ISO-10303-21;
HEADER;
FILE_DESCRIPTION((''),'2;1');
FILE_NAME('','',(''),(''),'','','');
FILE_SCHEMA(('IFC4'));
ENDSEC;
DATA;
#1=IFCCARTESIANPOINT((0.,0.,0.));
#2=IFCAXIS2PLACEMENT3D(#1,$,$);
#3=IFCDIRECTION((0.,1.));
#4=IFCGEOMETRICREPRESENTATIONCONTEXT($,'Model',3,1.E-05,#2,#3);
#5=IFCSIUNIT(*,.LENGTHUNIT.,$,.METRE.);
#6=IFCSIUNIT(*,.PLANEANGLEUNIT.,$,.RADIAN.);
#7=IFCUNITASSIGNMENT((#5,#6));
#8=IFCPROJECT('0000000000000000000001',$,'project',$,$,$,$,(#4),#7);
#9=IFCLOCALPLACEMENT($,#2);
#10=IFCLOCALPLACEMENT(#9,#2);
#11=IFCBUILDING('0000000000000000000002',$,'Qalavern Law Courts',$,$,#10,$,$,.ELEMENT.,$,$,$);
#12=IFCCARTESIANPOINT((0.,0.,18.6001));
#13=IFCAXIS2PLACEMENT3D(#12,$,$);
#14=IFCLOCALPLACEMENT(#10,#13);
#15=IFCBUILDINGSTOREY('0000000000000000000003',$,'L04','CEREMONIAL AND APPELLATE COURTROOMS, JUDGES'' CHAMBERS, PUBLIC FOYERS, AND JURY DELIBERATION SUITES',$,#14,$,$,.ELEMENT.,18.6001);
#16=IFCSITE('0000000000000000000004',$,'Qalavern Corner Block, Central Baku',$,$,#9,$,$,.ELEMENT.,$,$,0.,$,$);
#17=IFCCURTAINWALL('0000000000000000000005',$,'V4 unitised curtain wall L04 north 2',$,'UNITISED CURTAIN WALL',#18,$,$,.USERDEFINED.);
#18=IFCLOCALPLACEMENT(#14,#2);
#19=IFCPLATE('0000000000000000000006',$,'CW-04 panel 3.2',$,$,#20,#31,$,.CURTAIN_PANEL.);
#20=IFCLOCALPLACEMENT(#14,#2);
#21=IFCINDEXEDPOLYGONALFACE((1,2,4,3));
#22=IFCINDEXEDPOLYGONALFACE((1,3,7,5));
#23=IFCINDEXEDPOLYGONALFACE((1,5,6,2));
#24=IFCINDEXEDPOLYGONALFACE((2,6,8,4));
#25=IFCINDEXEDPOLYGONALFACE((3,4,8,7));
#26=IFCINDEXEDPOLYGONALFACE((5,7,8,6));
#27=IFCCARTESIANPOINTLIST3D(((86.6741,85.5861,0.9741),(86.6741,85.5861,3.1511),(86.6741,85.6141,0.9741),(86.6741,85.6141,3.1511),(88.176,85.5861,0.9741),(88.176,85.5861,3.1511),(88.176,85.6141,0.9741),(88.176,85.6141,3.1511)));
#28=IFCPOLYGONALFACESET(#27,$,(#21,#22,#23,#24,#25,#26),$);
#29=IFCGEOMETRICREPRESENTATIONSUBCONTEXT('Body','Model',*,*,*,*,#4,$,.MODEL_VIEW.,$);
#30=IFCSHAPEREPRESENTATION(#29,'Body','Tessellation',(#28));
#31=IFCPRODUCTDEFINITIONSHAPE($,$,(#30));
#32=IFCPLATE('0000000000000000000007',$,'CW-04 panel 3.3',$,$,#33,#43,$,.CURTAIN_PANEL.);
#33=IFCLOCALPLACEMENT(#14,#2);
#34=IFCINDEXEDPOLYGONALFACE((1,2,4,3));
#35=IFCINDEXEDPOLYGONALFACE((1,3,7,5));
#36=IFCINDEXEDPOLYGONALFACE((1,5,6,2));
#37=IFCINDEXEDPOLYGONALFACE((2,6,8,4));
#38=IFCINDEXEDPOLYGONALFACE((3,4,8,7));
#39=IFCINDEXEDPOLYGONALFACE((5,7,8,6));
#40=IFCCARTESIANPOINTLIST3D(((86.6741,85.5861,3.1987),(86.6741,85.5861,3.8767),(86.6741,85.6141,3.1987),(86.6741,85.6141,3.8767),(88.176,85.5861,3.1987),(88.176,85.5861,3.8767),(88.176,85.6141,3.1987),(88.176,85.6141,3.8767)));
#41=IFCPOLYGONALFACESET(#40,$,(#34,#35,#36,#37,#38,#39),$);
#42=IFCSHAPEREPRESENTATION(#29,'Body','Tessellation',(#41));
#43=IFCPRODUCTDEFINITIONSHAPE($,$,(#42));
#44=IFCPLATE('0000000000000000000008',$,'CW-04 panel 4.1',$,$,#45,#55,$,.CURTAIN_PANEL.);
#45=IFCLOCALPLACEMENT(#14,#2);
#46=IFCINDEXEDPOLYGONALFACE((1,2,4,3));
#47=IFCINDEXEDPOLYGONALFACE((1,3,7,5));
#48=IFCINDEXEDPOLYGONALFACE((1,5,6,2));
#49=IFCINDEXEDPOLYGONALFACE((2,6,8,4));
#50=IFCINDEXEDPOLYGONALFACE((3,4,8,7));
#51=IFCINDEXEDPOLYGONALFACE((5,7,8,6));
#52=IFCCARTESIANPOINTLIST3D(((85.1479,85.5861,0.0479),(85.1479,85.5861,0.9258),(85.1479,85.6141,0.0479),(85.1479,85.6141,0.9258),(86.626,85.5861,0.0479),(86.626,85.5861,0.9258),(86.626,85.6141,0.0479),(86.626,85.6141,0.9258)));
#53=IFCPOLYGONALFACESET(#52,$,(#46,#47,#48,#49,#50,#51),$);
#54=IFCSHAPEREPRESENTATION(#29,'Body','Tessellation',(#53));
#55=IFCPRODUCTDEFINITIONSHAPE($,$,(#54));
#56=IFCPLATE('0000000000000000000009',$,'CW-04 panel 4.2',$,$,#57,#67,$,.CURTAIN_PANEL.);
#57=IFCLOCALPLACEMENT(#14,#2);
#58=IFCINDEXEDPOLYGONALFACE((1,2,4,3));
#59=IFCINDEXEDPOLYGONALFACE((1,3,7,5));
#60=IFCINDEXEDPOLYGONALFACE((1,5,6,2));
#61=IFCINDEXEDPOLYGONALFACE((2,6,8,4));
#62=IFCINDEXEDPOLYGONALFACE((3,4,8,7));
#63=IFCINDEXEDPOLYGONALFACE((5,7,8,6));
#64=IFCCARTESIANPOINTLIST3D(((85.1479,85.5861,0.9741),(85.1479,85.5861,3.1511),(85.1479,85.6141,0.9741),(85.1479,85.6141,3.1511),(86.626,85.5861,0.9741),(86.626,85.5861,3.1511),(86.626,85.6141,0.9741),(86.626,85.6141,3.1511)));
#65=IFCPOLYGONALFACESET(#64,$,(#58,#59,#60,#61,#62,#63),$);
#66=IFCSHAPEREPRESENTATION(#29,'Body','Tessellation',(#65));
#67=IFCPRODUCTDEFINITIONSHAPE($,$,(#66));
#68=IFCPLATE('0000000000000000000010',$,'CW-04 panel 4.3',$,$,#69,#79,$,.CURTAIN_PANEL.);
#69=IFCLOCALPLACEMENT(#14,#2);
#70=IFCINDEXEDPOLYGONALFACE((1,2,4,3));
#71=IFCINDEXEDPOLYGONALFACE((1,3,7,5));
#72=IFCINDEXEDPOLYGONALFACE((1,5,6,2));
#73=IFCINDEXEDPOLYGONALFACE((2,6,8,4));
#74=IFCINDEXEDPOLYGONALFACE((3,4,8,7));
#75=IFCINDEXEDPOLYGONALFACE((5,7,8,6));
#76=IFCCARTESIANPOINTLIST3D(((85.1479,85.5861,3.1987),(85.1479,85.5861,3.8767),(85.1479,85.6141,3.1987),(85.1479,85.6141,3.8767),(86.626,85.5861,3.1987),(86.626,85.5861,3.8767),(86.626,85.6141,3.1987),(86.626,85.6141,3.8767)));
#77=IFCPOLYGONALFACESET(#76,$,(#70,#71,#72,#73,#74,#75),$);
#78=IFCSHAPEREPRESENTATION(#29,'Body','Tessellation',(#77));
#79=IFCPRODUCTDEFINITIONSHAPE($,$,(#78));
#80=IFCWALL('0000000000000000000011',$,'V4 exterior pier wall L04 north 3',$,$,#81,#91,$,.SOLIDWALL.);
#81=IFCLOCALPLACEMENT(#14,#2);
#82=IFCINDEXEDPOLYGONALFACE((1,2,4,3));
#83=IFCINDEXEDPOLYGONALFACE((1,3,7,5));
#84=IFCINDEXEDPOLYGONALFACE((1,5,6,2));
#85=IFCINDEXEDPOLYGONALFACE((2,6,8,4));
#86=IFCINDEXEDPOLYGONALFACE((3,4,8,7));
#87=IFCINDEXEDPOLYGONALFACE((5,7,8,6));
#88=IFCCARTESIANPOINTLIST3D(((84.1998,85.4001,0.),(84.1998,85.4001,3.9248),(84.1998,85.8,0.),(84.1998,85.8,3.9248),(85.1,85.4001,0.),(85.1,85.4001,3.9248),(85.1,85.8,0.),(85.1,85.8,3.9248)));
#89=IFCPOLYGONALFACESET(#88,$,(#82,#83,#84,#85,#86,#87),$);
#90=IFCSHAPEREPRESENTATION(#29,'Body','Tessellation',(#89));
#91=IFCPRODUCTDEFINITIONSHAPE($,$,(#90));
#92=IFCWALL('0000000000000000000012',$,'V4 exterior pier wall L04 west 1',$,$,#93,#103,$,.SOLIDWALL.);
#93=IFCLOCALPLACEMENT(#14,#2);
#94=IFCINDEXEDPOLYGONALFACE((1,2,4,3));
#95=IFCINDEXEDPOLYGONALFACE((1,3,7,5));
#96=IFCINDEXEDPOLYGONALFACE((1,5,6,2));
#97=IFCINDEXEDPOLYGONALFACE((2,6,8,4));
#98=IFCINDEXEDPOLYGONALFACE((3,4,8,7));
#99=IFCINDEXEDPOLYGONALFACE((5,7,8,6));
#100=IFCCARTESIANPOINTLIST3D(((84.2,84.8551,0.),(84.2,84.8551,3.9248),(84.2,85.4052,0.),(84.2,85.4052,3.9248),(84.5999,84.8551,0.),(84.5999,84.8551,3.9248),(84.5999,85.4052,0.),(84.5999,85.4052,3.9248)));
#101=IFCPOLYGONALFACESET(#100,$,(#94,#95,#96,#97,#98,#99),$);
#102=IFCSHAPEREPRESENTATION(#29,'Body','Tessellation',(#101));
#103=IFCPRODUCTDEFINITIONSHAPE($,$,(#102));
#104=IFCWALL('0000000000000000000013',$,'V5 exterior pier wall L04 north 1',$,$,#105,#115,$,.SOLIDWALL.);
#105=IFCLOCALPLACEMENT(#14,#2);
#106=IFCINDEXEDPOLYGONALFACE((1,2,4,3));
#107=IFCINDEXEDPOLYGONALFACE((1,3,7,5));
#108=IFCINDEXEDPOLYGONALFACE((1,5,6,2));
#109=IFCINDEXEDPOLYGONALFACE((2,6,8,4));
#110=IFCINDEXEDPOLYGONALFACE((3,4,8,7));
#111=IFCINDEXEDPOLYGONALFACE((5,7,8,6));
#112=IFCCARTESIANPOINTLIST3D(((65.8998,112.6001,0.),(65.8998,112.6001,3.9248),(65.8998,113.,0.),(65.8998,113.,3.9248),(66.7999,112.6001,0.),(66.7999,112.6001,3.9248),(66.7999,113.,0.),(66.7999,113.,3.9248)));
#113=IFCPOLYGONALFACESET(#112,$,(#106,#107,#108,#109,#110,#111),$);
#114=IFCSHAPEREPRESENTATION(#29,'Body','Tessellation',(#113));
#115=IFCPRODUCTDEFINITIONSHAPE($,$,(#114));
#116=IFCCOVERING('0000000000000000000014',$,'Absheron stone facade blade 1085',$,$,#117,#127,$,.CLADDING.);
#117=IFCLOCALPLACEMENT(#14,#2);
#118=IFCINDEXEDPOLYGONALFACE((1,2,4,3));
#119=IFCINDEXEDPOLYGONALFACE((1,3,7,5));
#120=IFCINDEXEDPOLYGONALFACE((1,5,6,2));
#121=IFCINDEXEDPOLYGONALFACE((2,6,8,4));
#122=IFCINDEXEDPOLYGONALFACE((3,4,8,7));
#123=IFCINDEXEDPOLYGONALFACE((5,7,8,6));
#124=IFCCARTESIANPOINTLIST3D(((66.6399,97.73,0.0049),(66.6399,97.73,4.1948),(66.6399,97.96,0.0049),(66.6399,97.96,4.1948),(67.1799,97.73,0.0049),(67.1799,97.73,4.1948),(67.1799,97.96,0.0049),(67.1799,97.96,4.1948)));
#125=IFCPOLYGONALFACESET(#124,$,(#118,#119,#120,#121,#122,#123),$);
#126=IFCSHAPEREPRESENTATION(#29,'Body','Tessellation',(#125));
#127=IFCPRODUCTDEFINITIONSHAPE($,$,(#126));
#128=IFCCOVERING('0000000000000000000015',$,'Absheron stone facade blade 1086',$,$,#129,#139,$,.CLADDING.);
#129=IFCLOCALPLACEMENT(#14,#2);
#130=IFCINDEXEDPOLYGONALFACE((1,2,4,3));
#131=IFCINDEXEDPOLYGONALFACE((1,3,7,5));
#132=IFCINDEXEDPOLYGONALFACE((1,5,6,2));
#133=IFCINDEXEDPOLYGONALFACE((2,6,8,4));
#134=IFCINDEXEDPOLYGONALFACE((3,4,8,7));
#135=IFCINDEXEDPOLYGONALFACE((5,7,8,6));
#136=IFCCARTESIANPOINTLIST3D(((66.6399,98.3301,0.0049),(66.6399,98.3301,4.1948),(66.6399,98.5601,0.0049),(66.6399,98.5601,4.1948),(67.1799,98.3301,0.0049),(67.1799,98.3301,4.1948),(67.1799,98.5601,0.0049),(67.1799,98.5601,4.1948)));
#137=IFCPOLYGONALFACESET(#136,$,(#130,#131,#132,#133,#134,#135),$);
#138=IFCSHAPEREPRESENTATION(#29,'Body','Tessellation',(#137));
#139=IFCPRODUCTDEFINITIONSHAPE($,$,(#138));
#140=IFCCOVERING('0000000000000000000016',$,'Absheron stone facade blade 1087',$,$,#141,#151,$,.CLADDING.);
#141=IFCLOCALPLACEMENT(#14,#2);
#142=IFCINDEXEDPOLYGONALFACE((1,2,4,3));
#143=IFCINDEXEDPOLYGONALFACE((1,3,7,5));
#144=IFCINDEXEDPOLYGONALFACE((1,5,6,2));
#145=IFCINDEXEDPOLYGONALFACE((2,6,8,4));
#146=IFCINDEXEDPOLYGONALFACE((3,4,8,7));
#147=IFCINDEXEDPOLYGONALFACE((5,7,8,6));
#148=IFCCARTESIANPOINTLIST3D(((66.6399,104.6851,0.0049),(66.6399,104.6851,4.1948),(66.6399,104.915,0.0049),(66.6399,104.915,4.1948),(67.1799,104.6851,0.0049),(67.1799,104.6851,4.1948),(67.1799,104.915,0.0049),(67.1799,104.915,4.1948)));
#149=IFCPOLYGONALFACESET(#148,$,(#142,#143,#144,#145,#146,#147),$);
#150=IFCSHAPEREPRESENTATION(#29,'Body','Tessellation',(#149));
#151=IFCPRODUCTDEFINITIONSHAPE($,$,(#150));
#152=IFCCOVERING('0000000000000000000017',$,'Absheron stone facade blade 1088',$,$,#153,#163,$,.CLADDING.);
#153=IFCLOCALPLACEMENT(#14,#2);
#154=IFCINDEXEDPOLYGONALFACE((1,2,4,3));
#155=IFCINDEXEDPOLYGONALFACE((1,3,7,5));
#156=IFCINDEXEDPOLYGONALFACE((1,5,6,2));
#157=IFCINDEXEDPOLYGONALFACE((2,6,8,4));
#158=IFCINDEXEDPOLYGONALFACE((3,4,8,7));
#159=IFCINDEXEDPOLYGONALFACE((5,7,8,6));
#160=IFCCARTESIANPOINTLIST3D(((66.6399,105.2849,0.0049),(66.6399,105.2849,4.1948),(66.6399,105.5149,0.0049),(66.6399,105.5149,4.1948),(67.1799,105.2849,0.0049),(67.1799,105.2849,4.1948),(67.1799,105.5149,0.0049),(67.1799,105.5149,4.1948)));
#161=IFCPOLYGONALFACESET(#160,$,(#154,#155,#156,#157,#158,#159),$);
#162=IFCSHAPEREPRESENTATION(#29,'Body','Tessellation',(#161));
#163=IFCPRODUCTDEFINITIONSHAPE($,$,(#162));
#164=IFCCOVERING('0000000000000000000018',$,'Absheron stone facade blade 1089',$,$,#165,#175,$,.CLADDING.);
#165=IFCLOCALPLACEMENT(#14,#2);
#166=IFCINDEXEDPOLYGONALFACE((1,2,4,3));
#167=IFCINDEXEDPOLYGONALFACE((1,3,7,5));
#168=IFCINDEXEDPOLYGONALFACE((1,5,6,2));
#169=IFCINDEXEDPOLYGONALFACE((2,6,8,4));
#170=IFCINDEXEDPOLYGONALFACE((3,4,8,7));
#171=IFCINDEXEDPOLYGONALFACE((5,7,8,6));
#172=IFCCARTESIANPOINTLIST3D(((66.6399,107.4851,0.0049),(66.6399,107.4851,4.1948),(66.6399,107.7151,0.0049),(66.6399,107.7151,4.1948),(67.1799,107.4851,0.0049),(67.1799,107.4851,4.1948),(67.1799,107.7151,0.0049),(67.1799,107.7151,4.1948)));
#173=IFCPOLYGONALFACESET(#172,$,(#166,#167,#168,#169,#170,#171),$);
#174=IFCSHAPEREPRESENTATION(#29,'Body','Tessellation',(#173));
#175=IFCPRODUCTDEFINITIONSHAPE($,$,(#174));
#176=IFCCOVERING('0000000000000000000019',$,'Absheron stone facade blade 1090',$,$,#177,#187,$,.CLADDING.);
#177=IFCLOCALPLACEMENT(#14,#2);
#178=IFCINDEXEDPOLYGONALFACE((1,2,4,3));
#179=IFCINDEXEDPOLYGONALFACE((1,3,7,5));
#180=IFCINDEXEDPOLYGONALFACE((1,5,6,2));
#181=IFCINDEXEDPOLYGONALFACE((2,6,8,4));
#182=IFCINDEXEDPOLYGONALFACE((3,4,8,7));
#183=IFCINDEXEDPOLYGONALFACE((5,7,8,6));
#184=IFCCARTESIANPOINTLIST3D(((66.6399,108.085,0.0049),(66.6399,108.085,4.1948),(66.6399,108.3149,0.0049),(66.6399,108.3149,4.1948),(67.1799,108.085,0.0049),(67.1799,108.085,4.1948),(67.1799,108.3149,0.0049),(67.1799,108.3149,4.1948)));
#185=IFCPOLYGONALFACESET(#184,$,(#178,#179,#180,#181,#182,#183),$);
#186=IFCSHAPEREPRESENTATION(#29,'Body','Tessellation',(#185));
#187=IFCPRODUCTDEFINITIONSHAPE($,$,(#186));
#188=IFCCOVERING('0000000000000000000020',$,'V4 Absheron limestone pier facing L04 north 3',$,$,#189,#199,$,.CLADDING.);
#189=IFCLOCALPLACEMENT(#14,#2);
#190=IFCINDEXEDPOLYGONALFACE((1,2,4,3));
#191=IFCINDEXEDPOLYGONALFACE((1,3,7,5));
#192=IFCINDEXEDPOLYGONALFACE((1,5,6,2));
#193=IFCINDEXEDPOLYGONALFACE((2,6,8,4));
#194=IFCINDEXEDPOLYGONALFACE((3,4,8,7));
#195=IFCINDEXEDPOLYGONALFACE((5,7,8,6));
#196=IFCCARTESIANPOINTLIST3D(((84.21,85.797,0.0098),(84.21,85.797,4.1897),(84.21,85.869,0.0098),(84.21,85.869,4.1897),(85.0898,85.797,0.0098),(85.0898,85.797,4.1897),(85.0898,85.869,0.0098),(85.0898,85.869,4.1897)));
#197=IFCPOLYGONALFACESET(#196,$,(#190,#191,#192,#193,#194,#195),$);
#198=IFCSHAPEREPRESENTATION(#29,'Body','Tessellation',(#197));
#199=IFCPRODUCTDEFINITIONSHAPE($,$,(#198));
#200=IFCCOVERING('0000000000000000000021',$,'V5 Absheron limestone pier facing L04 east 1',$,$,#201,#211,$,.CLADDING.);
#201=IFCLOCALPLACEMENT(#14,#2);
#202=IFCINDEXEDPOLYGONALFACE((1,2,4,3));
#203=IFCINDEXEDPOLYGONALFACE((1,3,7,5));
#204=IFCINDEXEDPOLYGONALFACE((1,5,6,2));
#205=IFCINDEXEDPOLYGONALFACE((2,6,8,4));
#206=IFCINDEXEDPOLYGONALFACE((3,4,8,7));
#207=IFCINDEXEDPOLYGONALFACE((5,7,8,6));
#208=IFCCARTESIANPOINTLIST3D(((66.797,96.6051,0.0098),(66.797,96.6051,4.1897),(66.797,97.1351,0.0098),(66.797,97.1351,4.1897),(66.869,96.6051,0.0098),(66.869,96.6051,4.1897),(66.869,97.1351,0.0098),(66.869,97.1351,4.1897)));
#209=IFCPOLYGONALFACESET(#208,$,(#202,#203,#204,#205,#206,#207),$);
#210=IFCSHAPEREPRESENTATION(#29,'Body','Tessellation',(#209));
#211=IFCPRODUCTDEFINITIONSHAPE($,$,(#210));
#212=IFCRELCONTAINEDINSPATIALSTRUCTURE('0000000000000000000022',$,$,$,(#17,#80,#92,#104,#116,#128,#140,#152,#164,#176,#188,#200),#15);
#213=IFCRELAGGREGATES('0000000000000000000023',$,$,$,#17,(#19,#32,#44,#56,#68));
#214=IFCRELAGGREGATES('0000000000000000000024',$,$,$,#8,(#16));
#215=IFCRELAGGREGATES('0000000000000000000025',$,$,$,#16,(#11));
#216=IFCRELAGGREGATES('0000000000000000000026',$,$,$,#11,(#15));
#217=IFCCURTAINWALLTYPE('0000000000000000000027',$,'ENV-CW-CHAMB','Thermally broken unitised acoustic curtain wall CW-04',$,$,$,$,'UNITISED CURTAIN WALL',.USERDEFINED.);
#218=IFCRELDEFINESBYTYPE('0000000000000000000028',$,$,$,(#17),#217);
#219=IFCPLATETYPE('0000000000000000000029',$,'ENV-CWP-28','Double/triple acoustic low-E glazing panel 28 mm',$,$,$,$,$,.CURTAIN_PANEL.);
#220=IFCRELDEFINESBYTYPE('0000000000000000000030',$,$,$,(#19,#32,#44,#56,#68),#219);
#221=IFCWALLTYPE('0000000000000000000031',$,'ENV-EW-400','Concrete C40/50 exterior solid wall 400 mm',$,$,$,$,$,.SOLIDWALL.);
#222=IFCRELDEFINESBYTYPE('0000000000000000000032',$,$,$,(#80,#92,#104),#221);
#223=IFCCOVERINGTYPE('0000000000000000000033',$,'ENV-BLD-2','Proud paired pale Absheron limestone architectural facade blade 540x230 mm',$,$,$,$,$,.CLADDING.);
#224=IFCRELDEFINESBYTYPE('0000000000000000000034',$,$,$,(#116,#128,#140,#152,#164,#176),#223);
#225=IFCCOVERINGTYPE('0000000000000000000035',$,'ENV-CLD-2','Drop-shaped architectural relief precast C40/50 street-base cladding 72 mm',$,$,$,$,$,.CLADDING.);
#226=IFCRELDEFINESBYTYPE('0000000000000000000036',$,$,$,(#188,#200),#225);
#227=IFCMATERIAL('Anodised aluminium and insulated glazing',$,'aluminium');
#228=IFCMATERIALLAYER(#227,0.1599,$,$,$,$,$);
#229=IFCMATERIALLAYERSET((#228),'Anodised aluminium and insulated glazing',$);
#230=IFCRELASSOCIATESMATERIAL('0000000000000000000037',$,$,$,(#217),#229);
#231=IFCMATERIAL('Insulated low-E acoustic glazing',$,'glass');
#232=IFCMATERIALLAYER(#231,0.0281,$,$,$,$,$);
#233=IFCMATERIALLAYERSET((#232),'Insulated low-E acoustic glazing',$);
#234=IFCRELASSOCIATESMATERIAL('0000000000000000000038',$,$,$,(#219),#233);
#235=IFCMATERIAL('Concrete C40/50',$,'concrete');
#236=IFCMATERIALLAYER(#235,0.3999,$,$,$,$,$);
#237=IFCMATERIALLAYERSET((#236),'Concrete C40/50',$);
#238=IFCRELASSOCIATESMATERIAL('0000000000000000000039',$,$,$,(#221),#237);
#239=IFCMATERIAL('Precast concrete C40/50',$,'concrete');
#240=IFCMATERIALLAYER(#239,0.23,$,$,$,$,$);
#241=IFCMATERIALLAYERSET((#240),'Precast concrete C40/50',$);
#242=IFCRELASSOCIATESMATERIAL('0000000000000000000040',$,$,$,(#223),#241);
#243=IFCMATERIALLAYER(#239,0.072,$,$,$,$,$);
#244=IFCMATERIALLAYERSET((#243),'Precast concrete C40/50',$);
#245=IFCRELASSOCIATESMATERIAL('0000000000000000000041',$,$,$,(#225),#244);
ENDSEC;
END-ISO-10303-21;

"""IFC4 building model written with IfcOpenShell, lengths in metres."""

from ifc_helpers import new_model, si_unit, direction, frame, frame_2d, origin, origin_2d, place, context, subcontext, project, spatial, rectangle, extrude, material, layer, layer_set, type_object, element, aggregate, save


model = new_model("IFC4")

# Units and contexts
model_context = context("Model", 3, precision=1e-05, world=origin(), true_north=direction((0.0, 1.0)))
body_context = subcontext(model_context, "Body", "Model", "MODEL_VIEW")
ifc_project = project(units=[si_unit("LENGTHUNIT", "METRE"), si_unit("PLANEANGLEUNIT", "RADIAN")], contexts=[model_context])

# Site, building, storey
site_placement = place(None, origin())
site = spatial("IfcSite", under=ifc_project, at=site_placement, Name="Qalavern Corner Block, Central Baku", CompositionType="ELEMENT", RefElevation=0.0)
building_placement = place(site_placement, origin())
building = spatial("IfcBuilding", under=site, at=building_placement, Name="Qalavern Law Courts", CompositionType="ELEMENT")
storey_placement = place(building_placement, frame((0.0, 0.0, 18.6001)))
storey = spatial("IfcBuildingStorey", under=building, at=storey_placement, Name="L04", Description="CEREMONIAL AND APPELLATE COURTROOMS, JUDGES' CHAMBERS, PUBLIC FOYERS, AND JURY DELIBERATION SUITES", CompositionType="ELEMENT", Elevation=18.6001)

# Curtain wall, plates
ifc_material_1 = material(Name="Anodised aluminium and insulated glazing", Category="aluminium")
ifc_layer_1 = layer(ifc_material_1, 0.1599)
ifc_layer_set_1 = layer_set([ifc_layer_1], Name="Anodised aluminium and insulated glazing")
curtain_wall_type = type_object("IfcCurtainWallType", Name="ENV-CW-CHAMB", Description="Thermally broken unitised acoustic curtain wall CW-04", ElementType="UNITISED CURTAIN WALL", PredefinedType="USERDEFINED", material=ifc_layer_set_1)
curtain_wall_placement = place(storey_placement, origin())
curtain_wall = element("IfcCurtainWall", 1, at=curtain_wall_placement, inside=storey, type_object=curtain_wall_type, Name="V4 unitised curtain wall L04 north 2", ObjectType="UNITISED CURTAIN WALL", PredefinedType="USERDEFINED")
ifc_material_2 = material(Name="Insulated low-E acoustic glazing", Category="glass")
ifc_layer_2 = layer(ifc_material_2, 0.0281)
ifc_layer_set_2 = layer_set([ifc_layer_2], Name="Insulated low-E acoustic glazing")
plate_type = type_object("IfcPlateType", Name="ENV-CWP-28", Description="Double/triple acoustic low-E glazing panel 28 mm", PredefinedType="CURTAIN_PANEL", material=ifc_layer_set_2)
plate_1_placement = place(storey_placement, frame((87.425, 85.6001, 0.9741), z_axis=(0.0, 0.0, 1.0), x_axis=(-1.0, 0.0, 0.0)))
plate_1 = element("IfcPlate", 2, at=plate_1_placement, type_object=plate_type, Name="CW-04 panel 3.2", PredefinedType="CURTAIN_PANEL", context=body_context, shape_type="SweptSolid", body=[
    extrude(rectangle(XDim=1.502, YDim=0.0281, at=origin_2d()), origin(), (0.0, 0.0, 1.0), 2.177),
])
plate_2_placement = place(storey_placement, frame((87.425, 85.6001, 3.1987), z_axis=(0.0, 0.0, 1.0), x_axis=(-1.0, 0.0, 0.0)))
plate_2 = element("IfcPlate", 3, at=plate_2_placement, type_object=plate_type, Name="CW-04 panel 3.3", PredefinedType="CURTAIN_PANEL", context=body_context, shape_type="SweptSolid", body=[
    extrude(rectangle(XDim=1.502, YDim=0.0281, at=origin_2d()), origin(), (0.0, 0.0, 1.0), 0.678),
])
plate_3_placement = place(storey_placement, frame((85.887, 85.6001, 0.0479), z_axis=(0.0, 0.0, 1.0), x_axis=(-1.0, 0.0, 0.0)))
plate_3 = element("IfcPlate", 4, at=plate_3_placement, type_object=plate_type, Name="CW-04 panel 4.1", PredefinedType="CURTAIN_PANEL", context=body_context, shape_type="SweptSolid", body=[
    extrude(rectangle(XDim=1.478, YDim=0.0281, at=origin_2d()), origin(), (0.0, 0.0, 1.0), 0.8779),
])
plate_4_placement = place(storey_placement, frame((85.887, 85.6001, 0.9741), z_axis=(0.0, 0.0, 1.0), x_axis=(-1.0, 0.0, 0.0)))
plate_4 = element("IfcPlate", 5, at=plate_4_placement, type_object=plate_type, Name="CW-04 panel 4.2", PredefinedType="CURTAIN_PANEL", context=body_context, shape_type="SweptSolid", body=[
    extrude(rectangle(XDim=1.478, YDim=0.0281, at=origin_2d()), origin(), (0.0, 0.0, 1.0), 2.177),
])
plate_5_placement = place(storey_placement, frame((85.887, 85.6001, 3.1987), z_axis=(0.0, 0.0, 1.0), x_axis=(-1.0, 0.0, 0.0)))
plate_5 = element("IfcPlate", 6, at=plate_5_placement, type_object=plate_type, Name="CW-04 panel 4.3", PredefinedType="CURTAIN_PANEL", context=body_context, shape_type="SweptSolid", body=[
    extrude(rectangle(XDim=1.478, YDim=0.0281, at=origin_2d()), origin(), (0.0, 0.0, 1.0), 0.678),
])
aggregate(curtain_wall, [plate_1, plate_2, plate_3, plate_4, plate_5])

# Walls
ifc_material_3 = material(Name="Concrete C40/50", Category="concrete")
ifc_layer_3 = layer(ifc_material_3, 0.3999)
ifc_layer_set_3 = layer_set([ifc_layer_3], Name="Concrete C40/50")
wall_type = type_object("IfcWallType", Name="ENV-EW-400", Description="Concrete C40/50 exterior solid wall 400 mm", PredefinedType="SOLIDWALL", material=ifc_layer_set_3)
wall_1_placement = place(storey_placement, frame((85.1001, 85.6001, 0.0), z_axis=(0.0, 0.0, 1.0), x_axis=(-1.0, 0.0, 0.0)))
element("IfcWall", 7, at=wall_1_placement, inside=storey, type_object=wall_type, Name="V4 exterior pier wall L04 north 3", PredefinedType="SOLIDWALL", context=body_context, shape_type="SweptSolid", body=[
    extrude(rectangle(XDim=0.9001, YDim=0.3999, at=frame_2d((0.4502, 0.0))), origin(), (0.0, 0.0, 1.0), 3.9248),
])
wall_2_placement = place(storey_placement, frame((84.3999, 85.405, 0.0), z_axis=(0.0, 0.0, 1.0), x_axis=(0.0, -1.0, 0.0)))
element("IfcWall", 8, at=wall_2_placement, inside=storey, type_object=wall_type, Name="V4 exterior pier wall L04 west 1", PredefinedType="SOLIDWALL", context=body_context, shape_type="SweptSolid", body=[
    extrude(rectangle(XDim=0.55, YDim=0.3999, at=frame_2d((0.2749, 0.0))), origin(), (0.0, 0.0, 1.0), 3.9248),
])
wall_3_placement = place(storey_placement, frame((66.8, 112.8, 0.0), z_axis=(0.0, 0.0, 1.0), x_axis=(-1.0, 0.0, 0.0)))
element("IfcWall", 9, at=wall_3_placement, inside=storey, type_object=wall_type, Name="V5 exterior pier wall L04 north 1", PredefinedType="SOLIDWALL", context=body_context, shape_type="SweptSolid", body=[
    extrude(rectangle(XDim=0.9001, YDim=0.3999, at=frame_2d((0.4502, 0.0))), origin(), (0.0, 0.0, 1.0), 3.9248),
])

# Coverings
ifc_material_4 = material(Name="Precast concrete C40/50", Category="concrete")
ifc_layer_4 = layer(ifc_material_4, 0.23)
ifc_layer_set_4 = layer_set([ifc_layer_4], Name="Precast concrete C40/50")
covering_type_1 = type_object("IfcCoveringType", Name="ENV-BLD-2", Description="Proud paired pale Absheron limestone architectural facade blade 540x230 mm", PredefinedType="CLADDING", material=ifc_layer_set_4)
for number, where, z_axis, x_axis, name in (
    (10, (66.9099, 97.845, 0.0049), (0.0, 0.0, 1.0), (1.0, 0.0, 0.0), "Absheron stone facade blade 1085"),
    (11, (66.9099, 98.4451, 0.0049), (0.0, 0.0, 1.0), (1.0, 0.0, 0.0), "Absheron stone facade blade 1086"),
    (12, (66.9099, 104.8, 0.0049), (0.0, 0.0, 1.0), (1.0, 0.0, 0.0), "Absheron stone facade blade 1087"),
    (13, (66.9099, 105.3999, 0.0049), (0.0, 0.0, 1.0), (1.0, 0.0, 0.0), "Absheron stone facade blade 1088"),
    (14, (66.9099, 107.6001, 0.0049), (0.0, 0.0, 1.0), (1.0, 0.0, 0.0), "Absheron stone facade blade 1089"),
    (15, (66.9099, 108.2, 0.0049), (0.0, 0.0, 1.0), (1.0, 0.0, 0.0), "Absheron stone facade blade 1090"),
):
    element("IfcCovering", number, at=place(storey_placement, frame(where, z_axis=z_axis, x_axis=x_axis)), inside=storey, type_object=covering_type_1, Name=name, PredefinedType="CLADDING", context=body_context, shape_type="SweptSolid", body=[
        extrude(rectangle(XDim=0.54, YDim=0.23, at=origin_2d()), origin(), (0.0, 0.0, 1.0), 4.1899),
    ])
ifc_layer_5 = layer(ifc_material_4, 0.072)
ifc_layer_set_5 = layer_set([ifc_layer_5], Name="Precast concrete C40/50")
covering_type_2 = type_object("IfcCoveringType", Name="ENV-CLD-2", Description="Drop-shaped architectural relief precast C40/50 street-base cladding 72 mm", PredefinedType="CLADDING", material=ifc_layer_set_5)
covering_1_placement = place(storey_placement, frame((84.6499, 85.833, 0.0098), z_axis=(0.0, 0.0, 1.0), x_axis=(-1.0, 0.0, 0.0)))
element("IfcCovering", 16, at=covering_1_placement, inside=storey, type_object=covering_type_2, Name="V4 Absheron limestone pier facing L04 north 3", PredefinedType="CLADDING", context=body_context, shape_type="SweptSolid", body=[
    extrude(rectangle(XDim=0.8799, YDim=0.072, at=origin_2d()), origin(), (0.0, 0.0, 1.0), 4.1799),
])
covering_2_placement = place(storey_placement, frame((66.833, 96.8701, 0.0098), z_axis=(0.0, 0.0, 1.0), x_axis=(0.0, 1.0, 0.0)))
element("IfcCovering", 17, at=covering_2_placement, inside=storey, type_object=covering_type_2, Name="V5 Absheron limestone pier facing L04 east 1", PredefinedType="CLADDING", context=body_context, shape_type="SweptSolid", body=[
    extrude(rectangle(XDim=0.53, YDim=0.072, at=origin_2d()), origin(), (0.0, 0.0, 1.0), 4.1799),
])

save(model, "model.ifc")
